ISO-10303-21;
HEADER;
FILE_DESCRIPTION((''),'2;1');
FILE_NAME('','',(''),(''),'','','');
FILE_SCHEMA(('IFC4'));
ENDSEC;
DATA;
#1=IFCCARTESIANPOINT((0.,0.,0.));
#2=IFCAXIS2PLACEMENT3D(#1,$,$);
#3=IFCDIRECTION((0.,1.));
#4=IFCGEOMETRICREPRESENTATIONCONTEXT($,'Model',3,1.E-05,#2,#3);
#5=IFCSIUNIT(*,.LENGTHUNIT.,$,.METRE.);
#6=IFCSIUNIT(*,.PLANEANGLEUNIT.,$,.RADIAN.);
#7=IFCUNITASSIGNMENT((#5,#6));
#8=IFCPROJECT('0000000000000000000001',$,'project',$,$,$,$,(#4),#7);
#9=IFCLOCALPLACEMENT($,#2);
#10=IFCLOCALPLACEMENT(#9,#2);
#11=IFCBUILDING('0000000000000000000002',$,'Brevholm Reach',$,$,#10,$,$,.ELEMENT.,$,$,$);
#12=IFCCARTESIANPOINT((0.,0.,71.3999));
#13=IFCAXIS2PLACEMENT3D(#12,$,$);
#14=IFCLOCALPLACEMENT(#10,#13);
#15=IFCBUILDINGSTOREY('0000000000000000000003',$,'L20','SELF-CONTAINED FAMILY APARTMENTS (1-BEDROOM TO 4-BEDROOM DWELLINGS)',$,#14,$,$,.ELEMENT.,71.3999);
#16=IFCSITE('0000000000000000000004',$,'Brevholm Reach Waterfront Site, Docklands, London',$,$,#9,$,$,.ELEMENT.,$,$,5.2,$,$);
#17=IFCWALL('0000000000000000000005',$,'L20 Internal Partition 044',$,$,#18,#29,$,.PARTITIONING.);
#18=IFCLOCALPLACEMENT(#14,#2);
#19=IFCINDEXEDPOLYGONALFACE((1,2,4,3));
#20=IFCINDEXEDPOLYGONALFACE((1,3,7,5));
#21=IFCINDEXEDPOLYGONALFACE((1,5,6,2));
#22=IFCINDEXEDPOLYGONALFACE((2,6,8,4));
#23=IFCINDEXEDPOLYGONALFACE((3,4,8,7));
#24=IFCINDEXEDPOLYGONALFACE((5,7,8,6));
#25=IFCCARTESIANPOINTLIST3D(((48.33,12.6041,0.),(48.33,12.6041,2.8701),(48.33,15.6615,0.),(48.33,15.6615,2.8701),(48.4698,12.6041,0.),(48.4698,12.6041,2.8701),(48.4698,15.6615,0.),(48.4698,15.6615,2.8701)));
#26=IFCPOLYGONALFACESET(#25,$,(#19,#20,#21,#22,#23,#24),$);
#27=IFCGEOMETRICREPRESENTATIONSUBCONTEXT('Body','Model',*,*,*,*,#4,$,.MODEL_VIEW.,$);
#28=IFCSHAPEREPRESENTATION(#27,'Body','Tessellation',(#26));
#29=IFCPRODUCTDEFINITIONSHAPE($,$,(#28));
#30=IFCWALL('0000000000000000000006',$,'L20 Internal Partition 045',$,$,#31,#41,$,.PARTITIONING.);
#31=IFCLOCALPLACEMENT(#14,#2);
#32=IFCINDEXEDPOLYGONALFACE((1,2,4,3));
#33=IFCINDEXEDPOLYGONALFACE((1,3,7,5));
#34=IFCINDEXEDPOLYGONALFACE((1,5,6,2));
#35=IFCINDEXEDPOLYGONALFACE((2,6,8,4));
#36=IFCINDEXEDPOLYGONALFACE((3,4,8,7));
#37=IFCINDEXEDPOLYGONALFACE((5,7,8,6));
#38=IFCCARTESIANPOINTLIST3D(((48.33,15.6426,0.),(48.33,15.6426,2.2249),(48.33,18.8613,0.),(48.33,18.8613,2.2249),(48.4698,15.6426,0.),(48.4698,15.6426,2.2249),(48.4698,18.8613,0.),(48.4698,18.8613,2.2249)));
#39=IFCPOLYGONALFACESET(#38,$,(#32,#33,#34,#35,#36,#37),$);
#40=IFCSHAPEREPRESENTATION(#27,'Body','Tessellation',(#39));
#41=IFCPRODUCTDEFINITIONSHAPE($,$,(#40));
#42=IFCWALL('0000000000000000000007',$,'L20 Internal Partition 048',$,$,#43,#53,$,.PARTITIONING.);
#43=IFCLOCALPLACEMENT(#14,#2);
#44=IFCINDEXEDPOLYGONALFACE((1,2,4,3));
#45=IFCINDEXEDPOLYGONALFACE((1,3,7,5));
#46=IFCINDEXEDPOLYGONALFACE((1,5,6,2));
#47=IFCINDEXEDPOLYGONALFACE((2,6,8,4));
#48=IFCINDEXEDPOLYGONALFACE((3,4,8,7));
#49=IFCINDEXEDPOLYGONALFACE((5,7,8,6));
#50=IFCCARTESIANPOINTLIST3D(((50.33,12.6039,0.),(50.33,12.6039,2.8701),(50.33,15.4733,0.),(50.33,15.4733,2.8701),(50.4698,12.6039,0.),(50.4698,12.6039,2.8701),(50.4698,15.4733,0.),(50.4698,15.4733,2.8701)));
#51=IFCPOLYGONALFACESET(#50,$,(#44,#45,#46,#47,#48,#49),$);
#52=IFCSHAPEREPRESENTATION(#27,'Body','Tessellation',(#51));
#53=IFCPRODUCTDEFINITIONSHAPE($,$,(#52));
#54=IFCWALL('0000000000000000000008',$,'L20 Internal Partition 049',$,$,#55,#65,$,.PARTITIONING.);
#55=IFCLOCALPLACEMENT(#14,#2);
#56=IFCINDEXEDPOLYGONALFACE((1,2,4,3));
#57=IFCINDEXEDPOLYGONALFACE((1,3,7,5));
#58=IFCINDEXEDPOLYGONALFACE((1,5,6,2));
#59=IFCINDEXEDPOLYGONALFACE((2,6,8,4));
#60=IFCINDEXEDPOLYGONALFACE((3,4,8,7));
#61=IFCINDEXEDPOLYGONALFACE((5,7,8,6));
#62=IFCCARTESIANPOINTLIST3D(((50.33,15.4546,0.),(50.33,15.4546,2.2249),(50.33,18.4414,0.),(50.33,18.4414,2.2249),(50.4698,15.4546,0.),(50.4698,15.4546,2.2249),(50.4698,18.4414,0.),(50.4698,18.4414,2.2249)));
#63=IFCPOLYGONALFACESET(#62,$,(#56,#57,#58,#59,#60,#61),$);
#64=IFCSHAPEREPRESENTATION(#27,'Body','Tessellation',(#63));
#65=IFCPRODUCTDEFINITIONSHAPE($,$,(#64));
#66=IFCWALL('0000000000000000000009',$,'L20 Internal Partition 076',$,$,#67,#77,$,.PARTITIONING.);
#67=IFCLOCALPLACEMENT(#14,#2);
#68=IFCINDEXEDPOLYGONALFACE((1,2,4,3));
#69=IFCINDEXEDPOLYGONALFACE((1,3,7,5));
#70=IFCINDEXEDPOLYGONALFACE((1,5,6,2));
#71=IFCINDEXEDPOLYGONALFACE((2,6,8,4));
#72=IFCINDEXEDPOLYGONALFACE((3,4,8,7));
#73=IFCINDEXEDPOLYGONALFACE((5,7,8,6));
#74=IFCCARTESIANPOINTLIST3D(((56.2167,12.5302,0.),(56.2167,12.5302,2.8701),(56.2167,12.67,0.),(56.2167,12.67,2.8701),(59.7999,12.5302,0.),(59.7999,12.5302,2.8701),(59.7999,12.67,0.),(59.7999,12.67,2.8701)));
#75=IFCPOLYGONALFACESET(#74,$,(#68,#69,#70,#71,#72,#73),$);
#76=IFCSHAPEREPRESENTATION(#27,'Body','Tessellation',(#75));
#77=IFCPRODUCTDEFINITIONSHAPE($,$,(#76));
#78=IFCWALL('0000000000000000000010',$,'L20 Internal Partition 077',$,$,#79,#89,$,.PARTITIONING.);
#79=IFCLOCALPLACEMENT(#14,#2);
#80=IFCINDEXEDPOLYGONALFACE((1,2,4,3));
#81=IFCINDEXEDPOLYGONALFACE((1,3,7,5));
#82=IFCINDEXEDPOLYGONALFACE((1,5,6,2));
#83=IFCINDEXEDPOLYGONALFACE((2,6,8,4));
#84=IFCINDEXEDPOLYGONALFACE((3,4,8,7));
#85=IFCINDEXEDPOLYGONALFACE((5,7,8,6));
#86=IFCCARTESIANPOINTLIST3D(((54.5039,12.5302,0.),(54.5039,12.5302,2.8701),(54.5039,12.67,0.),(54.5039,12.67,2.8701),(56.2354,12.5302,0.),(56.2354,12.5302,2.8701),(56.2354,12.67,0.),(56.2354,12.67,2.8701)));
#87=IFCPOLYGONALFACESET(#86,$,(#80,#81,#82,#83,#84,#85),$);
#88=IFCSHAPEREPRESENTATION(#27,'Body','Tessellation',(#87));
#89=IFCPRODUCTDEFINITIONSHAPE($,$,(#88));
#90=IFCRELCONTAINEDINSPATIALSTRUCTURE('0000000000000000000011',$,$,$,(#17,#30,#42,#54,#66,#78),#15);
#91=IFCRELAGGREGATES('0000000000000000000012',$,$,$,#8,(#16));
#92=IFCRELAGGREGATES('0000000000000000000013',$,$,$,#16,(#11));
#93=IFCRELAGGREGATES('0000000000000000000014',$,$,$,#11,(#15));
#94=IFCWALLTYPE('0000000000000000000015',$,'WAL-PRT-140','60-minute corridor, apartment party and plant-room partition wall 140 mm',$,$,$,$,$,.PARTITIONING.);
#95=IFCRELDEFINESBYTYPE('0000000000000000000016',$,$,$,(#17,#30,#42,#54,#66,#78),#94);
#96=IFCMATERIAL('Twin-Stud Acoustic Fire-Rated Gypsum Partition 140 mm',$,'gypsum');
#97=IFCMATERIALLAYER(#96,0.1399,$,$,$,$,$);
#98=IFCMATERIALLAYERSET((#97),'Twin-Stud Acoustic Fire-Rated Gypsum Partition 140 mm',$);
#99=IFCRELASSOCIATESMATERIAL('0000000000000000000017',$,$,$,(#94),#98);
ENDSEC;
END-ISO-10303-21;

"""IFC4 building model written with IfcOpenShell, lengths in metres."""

from ifc_helpers import new_model, si_unit, direction, frame, frame_2d, origin, place, context, subcontext, project, spatial, rectangle, extrude, material, layer, layer_set, type_object, element, save


model = new_model("IFC4")

# Units and contexts
model_context = context("Model", 3, precision=1e-05, world=origin(), true_north=direction((0.0, 1.0)))
body_context = subcontext(model_context, "Body", "Model", "MODEL_VIEW")
ifc_project = project(units=[si_unit("LENGTHUNIT", "METRE"), si_unit("PLANEANGLEUNIT", "RADIAN")], contexts=[model_context])

# Site, building, storey
site_placement = place(None, origin())
site = spatial("IfcSite", under=ifc_project, at=site_placement, Name="Brevholm Reach Waterfront Site, Docklands, London", CompositionType="ELEMENT", RefElevation=5.2)
building_placement = place(site_placement, origin())
building = spatial("IfcBuilding", under=site, at=building_placement, Name="Brevholm Reach", CompositionType="ELEMENT")
storey_placement = place(building_placement, frame((0.0, 0.0, 71.3999)))
storey = spatial("IfcBuildingStorey", under=building, at=storey_placement, Name="L20", Description="SELF-CONTAINED FAMILY APARTMENTS (1-BEDROOM TO 4-BEDROOM DWELLINGS)", CompositionType="ELEMENT", Elevation=71.3999)

# Shared definitions
ifc_material_1 = material(Name="Twin-Stud Acoustic Fire-Rated Gypsum Partition 140 mm", Category="gypsum")
ifc_layer_1 = layer(ifc_material_1, 0.1399)
ifc_layer_set_1 = layer_set([ifc_layer_1], Name="Twin-Stud Acoustic Fire-Rated Gypsum Partition 140 mm")
wall_type_1 = type_object("IfcWallType", Name="WAL-PRT-140", Description="60-minute corridor, apartment party and plant-room partition wall 140 mm", PredefinedType="PARTITIONING", material=ifc_layer_set_1)

# Walls
wall_1_placement = place(storey_placement, frame((48.3999, 12.604, 0.0), z_axis=(0.0, 0.0, 1.0), x_axis=(0.0, 1.0, 0.0)))
element("IfcWall", 1, at=wall_1_placement, inside=storey, type_object=wall_type_1, Name="L20 Internal Partition 044", PredefinedType="PARTITIONING", context=body_context, shape_type="SweptSolid", body=[
    extrude(rectangle(XDim=3.0574, YDim=0.1399, at=frame_2d((1.5288, 0.0))), origin(), (0.0, 0.0, 1.0), 2.8701),
])
wall_2_placement = place(storey_placement, frame((48.3999, 15.6426, 0.0), z_axis=(0.0, 0.0, 1.0), x_axis=(0.0, 1.0, 0.0)))
element("IfcWall", 2, at=wall_2_placement, inside=storey, type_object=wall_type_1, Name="L20 Internal Partition 045", PredefinedType="PARTITIONING", context=body_context, shape_type="SweptSolid", body=[
    extrude(rectangle(XDim=3.2188, YDim=0.1399, at=frame_2d((1.6094, 0.0))), origin(), (0.0, 0.0, 1.0), 2.2249),
])
wall_3_placement = place(storey_placement, frame((50.3999, 12.604, 0.0), z_axis=(0.0, 0.0, 1.0), x_axis=(0.0, 1.0, 0.0)))
element("IfcWall", 3, at=wall_3_placement, inside=storey, type_object=wall_type_1, Name="L20 Internal Partition 048", PredefinedType="PARTITIONING", context=body_context, shape_type="SweptSolid", body=[
    extrude(rectangle(XDim=2.8694, YDim=0.1399, at=frame_2d((1.4346, 0.0))), origin(), (0.0, 0.0, 1.0), 2.8701),
])
wall_4_placement = place(storey_placement, frame((50.3999, 15.4546, 0.0), z_axis=(0.0, 0.0, 1.0), x_axis=(0.0, 1.0, 0.0)))
element("IfcWall", 4, at=wall_4_placement, inside=storey, type_object=wall_type_1, Name="L20 Internal Partition 049", PredefinedType="PARTITIONING", context=body_context, shape_type="SweptSolid", body=[
    extrude(rectangle(XDim=2.9868, YDim=0.1399, at=frame_2d((1.4934, 0.0))), origin(), (0.0, 0.0, 1.0), 2.2249),
])
wall_5_placement = place(storey_placement, frame((56.2168, 12.6001, 0.0), z_axis=(0.0, 0.0, 1.0), x_axis=(1.0, 0.0, 0.0)))
element("IfcWall", 5, at=wall_5_placement, inside=storey, type_object=wall_type_1, Name="L20 Internal Partition 076", PredefinedType="PARTITIONING", context=body_context, shape_type="SweptSolid", body=[
    extrude(rectangle(XDim=3.5833, YDim=0.1399, at=frame_2d((1.7915, 0.0))), origin(), (0.0, 0.0, 1.0), 2.8701),
])
wall_6_placement = place(storey_placement, frame((54.5039, 12.6001, 0.0), z_axis=(0.0, 0.0, 1.0), x_axis=(1.0, 0.0, 0.0)))
element("IfcWall", 6, at=wall_6_placement, inside=storey, type_object=wall_type_1, Name="L20 Internal Partition 077", PredefinedType="PARTITIONING", context=body_context, shape_type="SweptSolid", body=[
    extrude(rectangle(XDim=1.7314, YDim=0.1399, at=frame_2d((0.8657, 0.0))), origin(), (0.0, 0.0, 1.0), 2.8701),
])

save(model, "model.ifc")
